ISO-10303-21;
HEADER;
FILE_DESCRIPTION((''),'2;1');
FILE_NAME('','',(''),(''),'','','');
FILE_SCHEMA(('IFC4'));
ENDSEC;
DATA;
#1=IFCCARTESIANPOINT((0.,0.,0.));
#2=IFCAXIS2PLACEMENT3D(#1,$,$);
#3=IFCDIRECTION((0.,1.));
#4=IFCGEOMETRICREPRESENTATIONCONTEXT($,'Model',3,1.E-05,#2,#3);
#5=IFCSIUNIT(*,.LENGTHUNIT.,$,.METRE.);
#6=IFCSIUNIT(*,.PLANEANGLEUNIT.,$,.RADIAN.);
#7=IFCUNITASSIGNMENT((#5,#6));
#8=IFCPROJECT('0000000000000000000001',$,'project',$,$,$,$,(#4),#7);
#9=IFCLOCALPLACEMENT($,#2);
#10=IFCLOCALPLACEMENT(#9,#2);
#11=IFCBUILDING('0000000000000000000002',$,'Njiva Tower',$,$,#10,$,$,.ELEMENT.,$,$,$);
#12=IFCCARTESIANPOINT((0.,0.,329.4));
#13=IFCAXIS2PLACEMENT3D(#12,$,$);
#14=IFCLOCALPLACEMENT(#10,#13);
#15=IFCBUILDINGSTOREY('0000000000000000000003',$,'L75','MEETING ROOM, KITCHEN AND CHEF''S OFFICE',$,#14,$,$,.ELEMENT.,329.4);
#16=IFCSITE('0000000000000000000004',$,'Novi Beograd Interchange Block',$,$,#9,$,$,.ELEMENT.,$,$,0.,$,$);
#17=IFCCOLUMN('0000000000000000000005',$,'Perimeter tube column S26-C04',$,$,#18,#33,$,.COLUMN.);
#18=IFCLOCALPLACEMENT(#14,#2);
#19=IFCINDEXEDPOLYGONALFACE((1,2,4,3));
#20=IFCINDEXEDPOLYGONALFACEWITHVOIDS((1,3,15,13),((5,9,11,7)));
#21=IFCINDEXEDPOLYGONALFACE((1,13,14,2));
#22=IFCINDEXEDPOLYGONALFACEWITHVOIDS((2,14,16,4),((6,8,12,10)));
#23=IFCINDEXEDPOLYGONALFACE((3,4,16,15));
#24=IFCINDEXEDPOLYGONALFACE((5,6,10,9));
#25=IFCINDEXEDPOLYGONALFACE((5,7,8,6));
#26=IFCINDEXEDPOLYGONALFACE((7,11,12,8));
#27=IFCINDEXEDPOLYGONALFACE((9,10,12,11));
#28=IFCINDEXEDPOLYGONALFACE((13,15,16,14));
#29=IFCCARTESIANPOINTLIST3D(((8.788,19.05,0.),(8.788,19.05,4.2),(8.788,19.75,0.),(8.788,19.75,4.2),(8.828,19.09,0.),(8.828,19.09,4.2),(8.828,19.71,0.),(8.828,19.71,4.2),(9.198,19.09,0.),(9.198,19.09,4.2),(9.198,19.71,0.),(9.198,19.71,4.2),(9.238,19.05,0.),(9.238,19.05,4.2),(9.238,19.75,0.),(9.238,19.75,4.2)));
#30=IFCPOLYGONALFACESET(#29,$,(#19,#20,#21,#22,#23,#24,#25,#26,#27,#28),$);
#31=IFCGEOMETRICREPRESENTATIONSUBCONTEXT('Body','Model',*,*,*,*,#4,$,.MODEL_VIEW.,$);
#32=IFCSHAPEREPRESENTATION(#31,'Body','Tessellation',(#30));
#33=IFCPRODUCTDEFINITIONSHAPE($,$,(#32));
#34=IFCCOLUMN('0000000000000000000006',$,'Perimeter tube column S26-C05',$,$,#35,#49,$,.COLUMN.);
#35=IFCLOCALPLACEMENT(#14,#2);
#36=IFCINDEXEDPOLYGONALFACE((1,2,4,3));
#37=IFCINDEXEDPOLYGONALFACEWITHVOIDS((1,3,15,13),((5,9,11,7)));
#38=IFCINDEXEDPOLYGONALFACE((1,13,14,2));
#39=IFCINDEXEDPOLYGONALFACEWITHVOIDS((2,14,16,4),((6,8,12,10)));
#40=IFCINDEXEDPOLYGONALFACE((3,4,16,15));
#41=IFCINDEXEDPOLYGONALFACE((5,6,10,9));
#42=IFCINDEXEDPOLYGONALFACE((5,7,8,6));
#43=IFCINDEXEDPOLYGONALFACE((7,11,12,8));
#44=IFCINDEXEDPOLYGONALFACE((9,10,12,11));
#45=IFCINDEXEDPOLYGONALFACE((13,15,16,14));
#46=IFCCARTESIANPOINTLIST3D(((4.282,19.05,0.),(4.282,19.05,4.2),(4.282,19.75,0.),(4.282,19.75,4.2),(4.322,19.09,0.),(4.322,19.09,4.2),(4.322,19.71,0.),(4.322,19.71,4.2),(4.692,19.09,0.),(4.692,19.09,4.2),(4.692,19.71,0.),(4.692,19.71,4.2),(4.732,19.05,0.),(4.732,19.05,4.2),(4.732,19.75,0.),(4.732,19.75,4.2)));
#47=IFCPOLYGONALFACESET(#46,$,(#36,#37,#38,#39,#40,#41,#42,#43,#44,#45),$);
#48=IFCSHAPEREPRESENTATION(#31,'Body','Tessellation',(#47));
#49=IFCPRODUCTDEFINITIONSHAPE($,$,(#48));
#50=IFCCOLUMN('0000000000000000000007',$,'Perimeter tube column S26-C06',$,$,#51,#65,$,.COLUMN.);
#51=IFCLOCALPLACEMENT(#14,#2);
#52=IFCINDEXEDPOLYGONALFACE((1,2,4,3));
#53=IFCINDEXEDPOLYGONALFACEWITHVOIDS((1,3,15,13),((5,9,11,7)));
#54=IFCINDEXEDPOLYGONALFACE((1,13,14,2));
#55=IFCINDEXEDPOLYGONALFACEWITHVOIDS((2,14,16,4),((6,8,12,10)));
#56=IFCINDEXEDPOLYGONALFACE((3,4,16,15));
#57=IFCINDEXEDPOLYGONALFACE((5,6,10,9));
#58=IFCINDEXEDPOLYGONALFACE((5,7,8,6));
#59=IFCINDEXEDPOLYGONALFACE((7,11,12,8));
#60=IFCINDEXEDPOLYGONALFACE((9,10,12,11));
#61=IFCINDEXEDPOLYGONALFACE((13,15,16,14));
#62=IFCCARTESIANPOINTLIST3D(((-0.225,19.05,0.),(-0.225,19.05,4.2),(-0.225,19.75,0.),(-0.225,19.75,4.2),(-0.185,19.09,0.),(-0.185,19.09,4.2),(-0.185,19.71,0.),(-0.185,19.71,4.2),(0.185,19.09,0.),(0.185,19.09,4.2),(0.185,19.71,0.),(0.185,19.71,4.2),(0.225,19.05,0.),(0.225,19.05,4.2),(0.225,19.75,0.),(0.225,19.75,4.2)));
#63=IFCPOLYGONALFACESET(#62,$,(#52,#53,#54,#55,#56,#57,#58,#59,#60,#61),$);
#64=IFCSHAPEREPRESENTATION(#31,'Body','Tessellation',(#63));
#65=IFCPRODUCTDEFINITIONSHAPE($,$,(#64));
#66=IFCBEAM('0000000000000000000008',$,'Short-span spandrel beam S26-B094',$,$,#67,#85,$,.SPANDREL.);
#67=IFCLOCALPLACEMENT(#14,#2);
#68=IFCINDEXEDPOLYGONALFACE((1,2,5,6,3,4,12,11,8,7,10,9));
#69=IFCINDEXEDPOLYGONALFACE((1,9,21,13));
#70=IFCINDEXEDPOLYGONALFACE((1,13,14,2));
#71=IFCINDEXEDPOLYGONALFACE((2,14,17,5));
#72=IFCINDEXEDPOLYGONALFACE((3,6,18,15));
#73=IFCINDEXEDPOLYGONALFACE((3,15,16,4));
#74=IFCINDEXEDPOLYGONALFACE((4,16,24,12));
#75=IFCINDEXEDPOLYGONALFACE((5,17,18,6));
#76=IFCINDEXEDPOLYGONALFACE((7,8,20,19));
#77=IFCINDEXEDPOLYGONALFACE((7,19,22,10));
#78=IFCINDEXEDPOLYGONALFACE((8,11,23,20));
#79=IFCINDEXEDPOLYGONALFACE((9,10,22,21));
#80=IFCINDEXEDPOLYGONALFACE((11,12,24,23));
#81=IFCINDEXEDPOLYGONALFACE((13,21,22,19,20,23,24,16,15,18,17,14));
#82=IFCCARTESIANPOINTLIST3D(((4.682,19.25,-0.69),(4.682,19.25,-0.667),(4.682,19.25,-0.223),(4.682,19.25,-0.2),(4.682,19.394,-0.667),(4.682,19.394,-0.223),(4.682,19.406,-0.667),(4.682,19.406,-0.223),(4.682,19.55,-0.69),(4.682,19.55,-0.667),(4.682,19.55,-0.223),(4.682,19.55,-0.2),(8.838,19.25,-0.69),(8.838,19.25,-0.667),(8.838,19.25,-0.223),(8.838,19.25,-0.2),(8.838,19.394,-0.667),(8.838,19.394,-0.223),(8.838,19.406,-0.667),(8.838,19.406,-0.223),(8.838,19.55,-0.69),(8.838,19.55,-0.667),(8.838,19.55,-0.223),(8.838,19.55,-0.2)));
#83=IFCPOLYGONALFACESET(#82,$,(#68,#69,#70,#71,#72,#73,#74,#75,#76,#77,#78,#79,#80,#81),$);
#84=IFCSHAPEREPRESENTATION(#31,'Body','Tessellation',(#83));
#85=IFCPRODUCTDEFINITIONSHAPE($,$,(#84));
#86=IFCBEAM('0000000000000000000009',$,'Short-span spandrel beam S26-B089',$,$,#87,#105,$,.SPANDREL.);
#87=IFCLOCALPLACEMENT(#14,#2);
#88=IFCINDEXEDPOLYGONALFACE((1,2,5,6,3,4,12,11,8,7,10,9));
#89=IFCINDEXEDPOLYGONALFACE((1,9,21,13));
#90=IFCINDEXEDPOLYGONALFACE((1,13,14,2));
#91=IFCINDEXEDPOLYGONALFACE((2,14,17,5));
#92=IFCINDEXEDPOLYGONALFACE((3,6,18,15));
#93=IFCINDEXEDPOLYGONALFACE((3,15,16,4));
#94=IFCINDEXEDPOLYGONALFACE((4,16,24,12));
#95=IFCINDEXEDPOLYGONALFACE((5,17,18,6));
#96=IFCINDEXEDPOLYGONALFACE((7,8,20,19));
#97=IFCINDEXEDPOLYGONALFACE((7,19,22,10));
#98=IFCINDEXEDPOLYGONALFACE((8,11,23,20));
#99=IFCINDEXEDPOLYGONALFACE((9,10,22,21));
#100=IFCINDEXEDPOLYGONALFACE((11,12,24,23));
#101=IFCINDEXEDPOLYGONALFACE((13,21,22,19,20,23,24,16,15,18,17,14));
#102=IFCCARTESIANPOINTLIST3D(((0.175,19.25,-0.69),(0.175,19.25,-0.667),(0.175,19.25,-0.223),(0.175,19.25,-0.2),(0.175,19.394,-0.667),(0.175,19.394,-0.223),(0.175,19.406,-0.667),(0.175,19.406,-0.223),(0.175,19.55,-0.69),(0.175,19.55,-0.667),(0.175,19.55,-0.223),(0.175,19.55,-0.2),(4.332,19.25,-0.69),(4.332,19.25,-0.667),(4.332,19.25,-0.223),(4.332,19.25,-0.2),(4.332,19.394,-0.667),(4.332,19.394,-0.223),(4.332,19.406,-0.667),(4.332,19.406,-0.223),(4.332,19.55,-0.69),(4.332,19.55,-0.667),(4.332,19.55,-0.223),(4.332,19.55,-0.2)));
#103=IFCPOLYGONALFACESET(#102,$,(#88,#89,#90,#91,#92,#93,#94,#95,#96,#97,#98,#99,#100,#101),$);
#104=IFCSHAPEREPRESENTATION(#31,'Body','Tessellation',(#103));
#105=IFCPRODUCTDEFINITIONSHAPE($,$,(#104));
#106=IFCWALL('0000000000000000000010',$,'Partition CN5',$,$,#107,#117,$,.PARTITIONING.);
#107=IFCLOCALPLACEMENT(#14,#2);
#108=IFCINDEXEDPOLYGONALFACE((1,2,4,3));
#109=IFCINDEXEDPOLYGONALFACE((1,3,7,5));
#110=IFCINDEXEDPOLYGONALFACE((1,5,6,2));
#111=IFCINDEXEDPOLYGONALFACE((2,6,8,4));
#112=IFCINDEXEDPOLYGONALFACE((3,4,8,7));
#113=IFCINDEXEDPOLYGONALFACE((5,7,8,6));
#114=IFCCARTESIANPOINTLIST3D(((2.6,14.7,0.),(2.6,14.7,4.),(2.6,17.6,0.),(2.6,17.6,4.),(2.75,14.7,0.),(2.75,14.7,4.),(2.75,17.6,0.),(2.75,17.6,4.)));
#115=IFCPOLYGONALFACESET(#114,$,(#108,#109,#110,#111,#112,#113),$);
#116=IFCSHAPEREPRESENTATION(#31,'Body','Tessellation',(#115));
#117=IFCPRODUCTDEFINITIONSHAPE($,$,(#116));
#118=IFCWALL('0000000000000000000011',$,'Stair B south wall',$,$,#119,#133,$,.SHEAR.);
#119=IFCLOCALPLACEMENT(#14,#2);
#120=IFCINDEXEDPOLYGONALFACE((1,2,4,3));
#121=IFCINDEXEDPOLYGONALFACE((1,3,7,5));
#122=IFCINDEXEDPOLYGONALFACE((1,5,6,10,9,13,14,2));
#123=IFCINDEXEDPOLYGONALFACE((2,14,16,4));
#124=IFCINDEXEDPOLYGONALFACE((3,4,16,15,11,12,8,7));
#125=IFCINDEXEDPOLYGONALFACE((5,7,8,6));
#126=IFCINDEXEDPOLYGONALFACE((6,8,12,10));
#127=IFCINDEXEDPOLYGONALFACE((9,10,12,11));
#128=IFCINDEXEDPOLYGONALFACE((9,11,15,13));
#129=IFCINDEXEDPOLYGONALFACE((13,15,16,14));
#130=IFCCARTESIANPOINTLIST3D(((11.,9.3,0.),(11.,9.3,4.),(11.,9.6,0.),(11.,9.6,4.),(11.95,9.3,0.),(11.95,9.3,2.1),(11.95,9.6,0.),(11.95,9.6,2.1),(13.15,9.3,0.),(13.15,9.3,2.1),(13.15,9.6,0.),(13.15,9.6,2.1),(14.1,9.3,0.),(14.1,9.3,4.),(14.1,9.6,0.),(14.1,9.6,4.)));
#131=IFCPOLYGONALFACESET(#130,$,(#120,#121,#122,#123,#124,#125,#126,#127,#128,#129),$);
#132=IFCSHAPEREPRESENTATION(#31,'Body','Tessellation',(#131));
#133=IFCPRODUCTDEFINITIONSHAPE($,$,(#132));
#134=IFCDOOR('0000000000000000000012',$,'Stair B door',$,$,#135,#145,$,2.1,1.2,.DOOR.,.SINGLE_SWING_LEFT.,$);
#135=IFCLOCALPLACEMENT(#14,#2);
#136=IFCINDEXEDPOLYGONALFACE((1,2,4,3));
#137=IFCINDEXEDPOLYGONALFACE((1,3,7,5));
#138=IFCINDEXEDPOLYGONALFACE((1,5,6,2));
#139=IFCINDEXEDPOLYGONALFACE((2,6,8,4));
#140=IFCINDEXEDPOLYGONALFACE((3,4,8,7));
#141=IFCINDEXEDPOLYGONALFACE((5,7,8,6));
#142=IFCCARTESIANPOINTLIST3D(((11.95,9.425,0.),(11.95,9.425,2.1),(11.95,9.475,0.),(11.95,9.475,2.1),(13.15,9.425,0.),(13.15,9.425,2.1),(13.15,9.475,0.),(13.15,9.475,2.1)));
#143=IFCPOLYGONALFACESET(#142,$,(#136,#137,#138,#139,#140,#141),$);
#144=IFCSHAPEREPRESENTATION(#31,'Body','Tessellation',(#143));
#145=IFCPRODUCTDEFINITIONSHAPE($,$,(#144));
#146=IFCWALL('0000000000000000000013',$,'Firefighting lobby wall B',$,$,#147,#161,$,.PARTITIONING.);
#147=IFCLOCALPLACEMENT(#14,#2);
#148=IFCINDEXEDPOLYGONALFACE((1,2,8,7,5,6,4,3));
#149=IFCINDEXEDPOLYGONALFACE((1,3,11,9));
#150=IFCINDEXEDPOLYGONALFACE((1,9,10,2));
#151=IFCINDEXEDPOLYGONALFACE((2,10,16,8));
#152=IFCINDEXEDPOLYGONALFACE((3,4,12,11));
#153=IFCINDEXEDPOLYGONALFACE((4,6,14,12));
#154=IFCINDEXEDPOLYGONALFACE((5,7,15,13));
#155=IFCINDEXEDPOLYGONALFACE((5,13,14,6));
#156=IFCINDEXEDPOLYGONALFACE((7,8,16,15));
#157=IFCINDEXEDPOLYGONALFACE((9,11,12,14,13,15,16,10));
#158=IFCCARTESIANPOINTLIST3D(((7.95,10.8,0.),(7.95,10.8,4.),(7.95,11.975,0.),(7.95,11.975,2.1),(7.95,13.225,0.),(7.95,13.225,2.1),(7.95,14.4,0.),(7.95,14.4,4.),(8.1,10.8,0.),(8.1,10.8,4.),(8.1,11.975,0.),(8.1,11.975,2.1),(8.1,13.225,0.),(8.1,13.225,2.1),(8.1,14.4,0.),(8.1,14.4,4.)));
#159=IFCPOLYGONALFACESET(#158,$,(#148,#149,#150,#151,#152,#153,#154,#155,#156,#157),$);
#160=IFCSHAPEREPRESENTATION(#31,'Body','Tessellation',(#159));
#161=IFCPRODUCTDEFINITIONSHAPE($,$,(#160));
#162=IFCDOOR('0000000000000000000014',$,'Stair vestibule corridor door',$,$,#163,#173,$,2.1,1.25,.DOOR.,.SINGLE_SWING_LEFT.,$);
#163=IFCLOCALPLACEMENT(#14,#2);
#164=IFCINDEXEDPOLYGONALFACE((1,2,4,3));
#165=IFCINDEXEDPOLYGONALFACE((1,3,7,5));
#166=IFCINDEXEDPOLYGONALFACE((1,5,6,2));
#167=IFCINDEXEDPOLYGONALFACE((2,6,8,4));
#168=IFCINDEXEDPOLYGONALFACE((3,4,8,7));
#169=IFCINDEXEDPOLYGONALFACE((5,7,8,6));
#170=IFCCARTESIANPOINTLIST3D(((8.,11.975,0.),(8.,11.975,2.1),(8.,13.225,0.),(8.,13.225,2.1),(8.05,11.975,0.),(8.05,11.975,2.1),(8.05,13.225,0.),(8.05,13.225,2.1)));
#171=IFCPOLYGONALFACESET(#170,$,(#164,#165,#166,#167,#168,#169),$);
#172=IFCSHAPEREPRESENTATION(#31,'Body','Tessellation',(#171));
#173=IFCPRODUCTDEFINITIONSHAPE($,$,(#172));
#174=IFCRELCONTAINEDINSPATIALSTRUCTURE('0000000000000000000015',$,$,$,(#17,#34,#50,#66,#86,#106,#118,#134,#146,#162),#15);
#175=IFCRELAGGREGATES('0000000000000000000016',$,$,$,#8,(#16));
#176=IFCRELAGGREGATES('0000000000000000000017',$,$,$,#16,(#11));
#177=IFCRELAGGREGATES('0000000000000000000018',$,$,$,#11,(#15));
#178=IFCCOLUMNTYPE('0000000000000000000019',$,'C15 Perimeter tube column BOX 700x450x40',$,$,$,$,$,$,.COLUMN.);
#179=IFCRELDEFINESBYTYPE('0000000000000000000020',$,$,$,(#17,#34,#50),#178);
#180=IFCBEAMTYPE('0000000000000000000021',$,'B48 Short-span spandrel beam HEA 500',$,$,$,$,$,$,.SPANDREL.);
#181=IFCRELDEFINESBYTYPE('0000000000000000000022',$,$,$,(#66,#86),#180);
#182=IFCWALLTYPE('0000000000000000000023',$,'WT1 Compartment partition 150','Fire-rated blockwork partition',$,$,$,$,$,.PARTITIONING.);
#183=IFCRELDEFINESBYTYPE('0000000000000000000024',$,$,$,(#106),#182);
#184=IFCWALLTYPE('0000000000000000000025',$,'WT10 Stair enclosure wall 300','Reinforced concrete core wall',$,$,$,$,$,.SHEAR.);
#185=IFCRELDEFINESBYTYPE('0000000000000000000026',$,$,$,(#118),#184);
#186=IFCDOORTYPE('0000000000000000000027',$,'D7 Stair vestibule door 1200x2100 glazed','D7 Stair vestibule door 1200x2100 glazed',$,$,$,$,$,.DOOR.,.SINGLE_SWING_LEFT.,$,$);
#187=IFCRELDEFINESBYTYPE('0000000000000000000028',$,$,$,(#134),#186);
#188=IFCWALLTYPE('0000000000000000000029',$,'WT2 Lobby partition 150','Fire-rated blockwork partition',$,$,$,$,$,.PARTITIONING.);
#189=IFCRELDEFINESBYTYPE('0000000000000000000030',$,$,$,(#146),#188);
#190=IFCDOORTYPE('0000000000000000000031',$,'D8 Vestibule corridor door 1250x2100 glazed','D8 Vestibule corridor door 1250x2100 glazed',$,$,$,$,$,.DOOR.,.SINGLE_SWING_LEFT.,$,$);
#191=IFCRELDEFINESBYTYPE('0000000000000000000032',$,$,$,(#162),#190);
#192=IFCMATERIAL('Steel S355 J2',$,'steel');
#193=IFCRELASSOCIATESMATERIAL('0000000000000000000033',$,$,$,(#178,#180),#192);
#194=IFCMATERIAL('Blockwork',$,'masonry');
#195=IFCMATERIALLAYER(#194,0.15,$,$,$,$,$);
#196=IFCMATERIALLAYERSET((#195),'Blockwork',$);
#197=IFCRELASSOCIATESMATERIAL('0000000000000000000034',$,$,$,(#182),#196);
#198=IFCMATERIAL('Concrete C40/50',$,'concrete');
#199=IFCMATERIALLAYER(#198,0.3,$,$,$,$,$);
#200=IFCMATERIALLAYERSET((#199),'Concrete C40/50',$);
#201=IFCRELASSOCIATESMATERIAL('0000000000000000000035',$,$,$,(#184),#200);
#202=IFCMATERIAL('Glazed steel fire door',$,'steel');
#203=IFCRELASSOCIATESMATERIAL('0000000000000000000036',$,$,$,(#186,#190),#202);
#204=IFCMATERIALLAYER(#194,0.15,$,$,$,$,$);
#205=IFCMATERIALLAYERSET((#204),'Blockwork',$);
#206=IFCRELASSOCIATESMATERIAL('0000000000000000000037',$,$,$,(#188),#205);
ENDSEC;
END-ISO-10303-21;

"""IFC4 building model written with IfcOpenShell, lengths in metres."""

from ifc_helpers import new_model, si_unit, direction, frame, frame_2d, origin, origin_2d, place, context, subcontext, project, spatial, rectangle, hollow_rectangle, i_section, extrude, material, layer, layer_set, material_profile, profile_set, type_object, element, fill, save


model = new_model("IFC4")

# Units and contexts
model_context = context("Model", 3, precision=1e-05, world=origin(), true_north=direction((0.0, 1.0)))
body_context = subcontext(model_context, "Body", "Model", "MODEL_VIEW")
ifc_project = project(units=[si_unit("LENGTHUNIT", "METRE"), si_unit("PLANEANGLEUNIT", "RADIAN")], contexts=[model_context])

# Site, building, storey
site_placement = place(None, origin())
site = spatial("IfcSite", under=ifc_project, at=site_placement, Name="Novi Beograd Interchange Block", CompositionType="ELEMENT", RefElevation=0.0)
building_placement = place(site_placement, origin())
building = spatial("IfcBuilding", under=site, at=building_placement, Name="Njiva Tower", CompositionType="ELEMENT")
storey_placement = place(building_placement, frame((0.0, 0.0, 329.4)))
storey = spatial("IfcBuildingStorey", under=building, at=storey_placement, Name="L75", Description="MEETING ROOM, KITCHEN AND CHEF'S OFFICE", CompositionType="ELEMENT", Elevation=329.4)

# Columns
ifc_material_1 = material(Name="Steel S355 J2", Category="steel")
ifc_material_profile_1 = material_profile(ifc_material_1, hollow_rectangle(XDim=0.45, YDim=0.7, WallThickness=0.04, at=origin_2d()), Name="BOX 700x450x40")
ifc_profile_set_1 = profile_set([ifc_material_profile_1], Name="Steel S355 J2")
column_type = type_object("IfcColumnType", Name="C15 Perimeter tube column BOX 700x450x40", PredefinedType="COLUMN", material=ifc_profile_set_1)
for number, where, z_axis, x_axis, name in (
    (1, (9.013, 19.4, 0.0), (0.0, 0.0, 1.0), (-1.0, 0.0, 0.0), "Perimeter tube column S26-C04"),
    (2, (4.507, 19.4, 0.0), (0.0, 0.0, 1.0), (-1.0, 0.0, 0.0), "Perimeter tube column S26-C05"),
    (3, (0.0, 19.4, 0.0), (0.0, 0.0, 1.0), (-1.0, 0.0, 0.0), "Perimeter tube column S26-C06"),
):
    element("IfcColumn", number, at=place(storey_placement, frame(where, z_axis=z_axis, x_axis=x_axis)), inside=storey, type_object=column_type, Name=name, PredefinedType="COLUMN", context=body_context, shape_type="SweptSolid", body=[
        extrude(hollow_rectangle(XDim=0.45, YDim=0.7, WallThickness=0.04, at=origin_2d()), origin(), (0.0, 0.0, 1.0), 4.2),
    ])

# Beams
ifc_material_profile_2 = material_profile(ifc_material_1, i_section(OverallWidth=0.3, OverallDepth=0.49, WebThickness=0.012, FlangeThickness=0.023, at=origin_2d()), Name="HEA 500")
ifc_profile_set_2 = profile_set([ifc_material_profile_2], Name="Steel S355 J2")
beam_type = type_object("IfcBeamType", Name="B48 Short-span spandrel beam HEA 500", PredefinedType="SPANDREL", material=ifc_profile_set_2)
beam_1_placement = place(storey_placement, frame((8.838, 19.4, -0.445), z_axis=(-1.0, 0.0, 0.0), x_axis=(0.0, -1.0, 0.0)))
element("IfcBeam", 4, at=beam_1_placement, inside=storey, type_object=beam_type, Name="Short-span spandrel beam S26-B094", PredefinedType="SPANDREL", context=body_context, shape_type="SweptSolid", body=[
    extrude(i_section(OverallWidth=0.3, OverallDepth=0.49, WebThickness=0.012, FlangeThickness=0.023, at=origin_2d()), origin(), (0.0, 0.0, 1.0), 4.156),
])
beam_2_placement = place(storey_placement, frame((4.332, 19.4, -0.445), z_axis=(-1.0, 0.0, 0.0), x_axis=(0.0, -1.0, 0.0)))
element("IfcBeam", 5, at=beam_2_placement, inside=storey, type_object=beam_type, Name="Short-span spandrel beam S26-B089", PredefinedType="SPANDREL", context=body_context, shape_type="SweptSolid", body=[
    extrude(i_section(OverallWidth=0.3, OverallDepth=0.49, WebThickness=0.012, FlangeThickness=0.023, at=origin_2d()), origin(), (0.0, 0.0, 1.0), 4.157),
])

# Wall
ifc_material_2 = material(Name="Blockwork", Category="masonry")
ifc_layer_1 = layer(ifc_material_2, 0.15)
ifc_layer_set_1 = layer_set([ifc_layer_1], Name="Blockwork")
wall_type_1 = type_object("IfcWallType", Name="WT1 Compartment partition 150", Description="Fire-rated blockwork partition", PredefinedType="PARTITIONING", material=ifc_layer_set_1)
wall_1_placement = place(storey_placement, frame((2.675, 14.7, 0.0), z_axis=(0.0, 0.0, 1.0), x_axis=(0.0, 1.0, 0.0)))
element("IfcWall", 6, at=wall_1_placement, inside=storey, type_object=wall_type_1, Name="Partition CN5", PredefinedType="PARTITIONING", context=body_context, shape_type="SweptSolid", body=[
    extrude(rectangle(XDim=2.9, YDim=0.15, at=frame_2d((1.45, 0.0))), origin(), (0.0, 0.0, 1.0), 4.0),
])

# Walls, openings, doors
ifc_material_3 = material(Name="Concrete C40/50", Category="concrete")
ifc_layer_2 = layer(ifc_material_3, 0.3)
ifc_layer_set_2 = layer_set([ifc_layer_2], Name="Concrete C40/50")
wall_type_2 = type_object("IfcWallType", Name="WT10 Stair enclosure wall 300", Description="Reinforced concrete core wall", PredefinedType="SHEAR", material=ifc_layer_set_2)
wall_2_placement = place(storey_placement, frame((11.0, 9.45, 0.0), z_axis=(0.0, 0.0, 1.0), x_axis=(1.0, 0.0, 0.0)))
wall_2 = element("IfcWall", 7, at=wall_2_placement, inside=storey, type_object=wall_type_2, Name="Stair B south wall", PredefinedType="SHEAR", context=body_context, shape_type="SweptSolid", body=[
    extrude(rectangle(XDim=3.1, YDim=0.3, at=frame_2d((1.55, 0.0))), origin(), (0.0, 0.0, 1.0), 4.0),
])
opening_1_placement = place(wall_2_placement, frame((0.95, 0.0, 0.0)))
opening_1 = element("IfcOpeningElement", 8, at=opening_1_placement, cuts=wall_2, PredefinedType="OPENING", context=body_context, shape_type="SweptSolid", body=[
    extrude(rectangle(XDim=1.2, YDim=2.1, at=frame_2d((0.6, 1.05))), frame((0.0, 0.16, 0.0), z_axis=(0.0, -1.0, 0.0), x_axis=(1.0, 0.0, 0.0)), (0.0, 0.0, 1.0), 0.32),
])
ifc_material_4 = material(Name="Glazed steel fire door", Category="steel")
door_type_1 = type_object("IfcDoorType", Name="D7 Stair vestibule door 1200x2100 glazed", Description="D7 Stair vestibule door 1200x2100 glazed", OperationType="SINGLE_SWING_LEFT", PredefinedType="DOOR", material=ifc_material_4)
door_1_placement = place(opening_1_placement, origin())
door_1 = element("IfcDoor", 9, at=door_1_placement, inside=storey, type_object=door_type_1, Name="Stair B door", OperationType="SINGLE_SWING_LEFT", OverallHeight=2.1, OverallWidth=1.2, PredefinedType="DOOR", context=body_context, shape_type="SweptSolid", body=[
    extrude(rectangle(XDim=1.2, YDim=2.1, at=frame_2d((0.6, 1.05))), frame((0.0, 0.025, 0.0), z_axis=(0.0, -1.0, 0.0), x_axis=(1.0, 0.0, 0.0)), (0.0, 0.0, 1.0), 0.05),
])
fill(opening_1, door_1)
ifc_layer_3 = layer(ifc_material_2, 0.15)
ifc_layer_set_3 = layer_set([ifc_layer_3], Name="Blockwork")
wall_type_3 = type_object("IfcWallType", Name="WT2 Lobby partition 150", Description="Fire-rated blockwork partition", PredefinedType="PARTITIONING", material=ifc_layer_set_3)
wall_3_placement = place(storey_placement, frame((8.025, 10.8, 0.0), z_axis=(0.0, 0.0, 1.0), x_axis=(0.0, 1.0, 0.0)))
wall_3 = element("IfcWall", 10, at=wall_3_placement, inside=storey, type_object=wall_type_3, Name="Firefighting lobby wall B", PredefinedType="PARTITIONING", context=body_context, shape_type="SweptSolid", body=[
    extrude(rectangle(XDim=3.6, YDim=0.15, at=frame_2d((1.8, 0.0))), origin(), (0.0, 0.0, 1.0), 4.0),
])
opening_2_placement = place(wall_3_placement, frame((1.175, 0.0, 0.0)))
opening_2 = element("IfcOpeningElement", 11, at=opening_2_placement, cuts=wall_3, PredefinedType="OPENING", context=body_context, shape_type="SweptSolid", body=[
    extrude(rectangle(XDim=1.25, YDim=2.1, at=frame_2d((0.625, 1.05))), frame((0.0, 0.085, 0.0), z_axis=(0.0, -1.0, 0.0), x_axis=(1.0, 0.0, 0.0)), (0.0, 0.0, 1.0), 0.17),
])
door_type_2 = type_object("IfcDoorType", Name="D8 Vestibule corridor door 1250x2100 glazed", Description="D8 Vestibule corridor door 1250x2100 glazed", OperationType="SINGLE_SWING_LEFT", PredefinedType="DOOR", material=ifc_material_4)
door_2_placement = place(opening_2_placement, origin())
door_2 = element("IfcDoor", 12, at=door_2_placement, inside=storey, type_object=door_type_2, Name="Stair vestibule corridor door", OperationType="SINGLE_SWING_LEFT", OverallHeight=2.1, OverallWidth=1.25, PredefinedType="DOOR", context=body_context, shape_type="SweptSolid", body=[
    extrude(rectangle(XDim=1.25, YDim=2.1, at=frame_2d((0.625, 1.05))), frame((0.0, 0.025, 0.0), z_axis=(0.0, -1.0, 0.0), x_axis=(1.0, 0.0, 0.0)), (0.0, 0.0, 1.0), 0.05),
])
fill(opening_2, door_2)

save(model, "model.ifc")
